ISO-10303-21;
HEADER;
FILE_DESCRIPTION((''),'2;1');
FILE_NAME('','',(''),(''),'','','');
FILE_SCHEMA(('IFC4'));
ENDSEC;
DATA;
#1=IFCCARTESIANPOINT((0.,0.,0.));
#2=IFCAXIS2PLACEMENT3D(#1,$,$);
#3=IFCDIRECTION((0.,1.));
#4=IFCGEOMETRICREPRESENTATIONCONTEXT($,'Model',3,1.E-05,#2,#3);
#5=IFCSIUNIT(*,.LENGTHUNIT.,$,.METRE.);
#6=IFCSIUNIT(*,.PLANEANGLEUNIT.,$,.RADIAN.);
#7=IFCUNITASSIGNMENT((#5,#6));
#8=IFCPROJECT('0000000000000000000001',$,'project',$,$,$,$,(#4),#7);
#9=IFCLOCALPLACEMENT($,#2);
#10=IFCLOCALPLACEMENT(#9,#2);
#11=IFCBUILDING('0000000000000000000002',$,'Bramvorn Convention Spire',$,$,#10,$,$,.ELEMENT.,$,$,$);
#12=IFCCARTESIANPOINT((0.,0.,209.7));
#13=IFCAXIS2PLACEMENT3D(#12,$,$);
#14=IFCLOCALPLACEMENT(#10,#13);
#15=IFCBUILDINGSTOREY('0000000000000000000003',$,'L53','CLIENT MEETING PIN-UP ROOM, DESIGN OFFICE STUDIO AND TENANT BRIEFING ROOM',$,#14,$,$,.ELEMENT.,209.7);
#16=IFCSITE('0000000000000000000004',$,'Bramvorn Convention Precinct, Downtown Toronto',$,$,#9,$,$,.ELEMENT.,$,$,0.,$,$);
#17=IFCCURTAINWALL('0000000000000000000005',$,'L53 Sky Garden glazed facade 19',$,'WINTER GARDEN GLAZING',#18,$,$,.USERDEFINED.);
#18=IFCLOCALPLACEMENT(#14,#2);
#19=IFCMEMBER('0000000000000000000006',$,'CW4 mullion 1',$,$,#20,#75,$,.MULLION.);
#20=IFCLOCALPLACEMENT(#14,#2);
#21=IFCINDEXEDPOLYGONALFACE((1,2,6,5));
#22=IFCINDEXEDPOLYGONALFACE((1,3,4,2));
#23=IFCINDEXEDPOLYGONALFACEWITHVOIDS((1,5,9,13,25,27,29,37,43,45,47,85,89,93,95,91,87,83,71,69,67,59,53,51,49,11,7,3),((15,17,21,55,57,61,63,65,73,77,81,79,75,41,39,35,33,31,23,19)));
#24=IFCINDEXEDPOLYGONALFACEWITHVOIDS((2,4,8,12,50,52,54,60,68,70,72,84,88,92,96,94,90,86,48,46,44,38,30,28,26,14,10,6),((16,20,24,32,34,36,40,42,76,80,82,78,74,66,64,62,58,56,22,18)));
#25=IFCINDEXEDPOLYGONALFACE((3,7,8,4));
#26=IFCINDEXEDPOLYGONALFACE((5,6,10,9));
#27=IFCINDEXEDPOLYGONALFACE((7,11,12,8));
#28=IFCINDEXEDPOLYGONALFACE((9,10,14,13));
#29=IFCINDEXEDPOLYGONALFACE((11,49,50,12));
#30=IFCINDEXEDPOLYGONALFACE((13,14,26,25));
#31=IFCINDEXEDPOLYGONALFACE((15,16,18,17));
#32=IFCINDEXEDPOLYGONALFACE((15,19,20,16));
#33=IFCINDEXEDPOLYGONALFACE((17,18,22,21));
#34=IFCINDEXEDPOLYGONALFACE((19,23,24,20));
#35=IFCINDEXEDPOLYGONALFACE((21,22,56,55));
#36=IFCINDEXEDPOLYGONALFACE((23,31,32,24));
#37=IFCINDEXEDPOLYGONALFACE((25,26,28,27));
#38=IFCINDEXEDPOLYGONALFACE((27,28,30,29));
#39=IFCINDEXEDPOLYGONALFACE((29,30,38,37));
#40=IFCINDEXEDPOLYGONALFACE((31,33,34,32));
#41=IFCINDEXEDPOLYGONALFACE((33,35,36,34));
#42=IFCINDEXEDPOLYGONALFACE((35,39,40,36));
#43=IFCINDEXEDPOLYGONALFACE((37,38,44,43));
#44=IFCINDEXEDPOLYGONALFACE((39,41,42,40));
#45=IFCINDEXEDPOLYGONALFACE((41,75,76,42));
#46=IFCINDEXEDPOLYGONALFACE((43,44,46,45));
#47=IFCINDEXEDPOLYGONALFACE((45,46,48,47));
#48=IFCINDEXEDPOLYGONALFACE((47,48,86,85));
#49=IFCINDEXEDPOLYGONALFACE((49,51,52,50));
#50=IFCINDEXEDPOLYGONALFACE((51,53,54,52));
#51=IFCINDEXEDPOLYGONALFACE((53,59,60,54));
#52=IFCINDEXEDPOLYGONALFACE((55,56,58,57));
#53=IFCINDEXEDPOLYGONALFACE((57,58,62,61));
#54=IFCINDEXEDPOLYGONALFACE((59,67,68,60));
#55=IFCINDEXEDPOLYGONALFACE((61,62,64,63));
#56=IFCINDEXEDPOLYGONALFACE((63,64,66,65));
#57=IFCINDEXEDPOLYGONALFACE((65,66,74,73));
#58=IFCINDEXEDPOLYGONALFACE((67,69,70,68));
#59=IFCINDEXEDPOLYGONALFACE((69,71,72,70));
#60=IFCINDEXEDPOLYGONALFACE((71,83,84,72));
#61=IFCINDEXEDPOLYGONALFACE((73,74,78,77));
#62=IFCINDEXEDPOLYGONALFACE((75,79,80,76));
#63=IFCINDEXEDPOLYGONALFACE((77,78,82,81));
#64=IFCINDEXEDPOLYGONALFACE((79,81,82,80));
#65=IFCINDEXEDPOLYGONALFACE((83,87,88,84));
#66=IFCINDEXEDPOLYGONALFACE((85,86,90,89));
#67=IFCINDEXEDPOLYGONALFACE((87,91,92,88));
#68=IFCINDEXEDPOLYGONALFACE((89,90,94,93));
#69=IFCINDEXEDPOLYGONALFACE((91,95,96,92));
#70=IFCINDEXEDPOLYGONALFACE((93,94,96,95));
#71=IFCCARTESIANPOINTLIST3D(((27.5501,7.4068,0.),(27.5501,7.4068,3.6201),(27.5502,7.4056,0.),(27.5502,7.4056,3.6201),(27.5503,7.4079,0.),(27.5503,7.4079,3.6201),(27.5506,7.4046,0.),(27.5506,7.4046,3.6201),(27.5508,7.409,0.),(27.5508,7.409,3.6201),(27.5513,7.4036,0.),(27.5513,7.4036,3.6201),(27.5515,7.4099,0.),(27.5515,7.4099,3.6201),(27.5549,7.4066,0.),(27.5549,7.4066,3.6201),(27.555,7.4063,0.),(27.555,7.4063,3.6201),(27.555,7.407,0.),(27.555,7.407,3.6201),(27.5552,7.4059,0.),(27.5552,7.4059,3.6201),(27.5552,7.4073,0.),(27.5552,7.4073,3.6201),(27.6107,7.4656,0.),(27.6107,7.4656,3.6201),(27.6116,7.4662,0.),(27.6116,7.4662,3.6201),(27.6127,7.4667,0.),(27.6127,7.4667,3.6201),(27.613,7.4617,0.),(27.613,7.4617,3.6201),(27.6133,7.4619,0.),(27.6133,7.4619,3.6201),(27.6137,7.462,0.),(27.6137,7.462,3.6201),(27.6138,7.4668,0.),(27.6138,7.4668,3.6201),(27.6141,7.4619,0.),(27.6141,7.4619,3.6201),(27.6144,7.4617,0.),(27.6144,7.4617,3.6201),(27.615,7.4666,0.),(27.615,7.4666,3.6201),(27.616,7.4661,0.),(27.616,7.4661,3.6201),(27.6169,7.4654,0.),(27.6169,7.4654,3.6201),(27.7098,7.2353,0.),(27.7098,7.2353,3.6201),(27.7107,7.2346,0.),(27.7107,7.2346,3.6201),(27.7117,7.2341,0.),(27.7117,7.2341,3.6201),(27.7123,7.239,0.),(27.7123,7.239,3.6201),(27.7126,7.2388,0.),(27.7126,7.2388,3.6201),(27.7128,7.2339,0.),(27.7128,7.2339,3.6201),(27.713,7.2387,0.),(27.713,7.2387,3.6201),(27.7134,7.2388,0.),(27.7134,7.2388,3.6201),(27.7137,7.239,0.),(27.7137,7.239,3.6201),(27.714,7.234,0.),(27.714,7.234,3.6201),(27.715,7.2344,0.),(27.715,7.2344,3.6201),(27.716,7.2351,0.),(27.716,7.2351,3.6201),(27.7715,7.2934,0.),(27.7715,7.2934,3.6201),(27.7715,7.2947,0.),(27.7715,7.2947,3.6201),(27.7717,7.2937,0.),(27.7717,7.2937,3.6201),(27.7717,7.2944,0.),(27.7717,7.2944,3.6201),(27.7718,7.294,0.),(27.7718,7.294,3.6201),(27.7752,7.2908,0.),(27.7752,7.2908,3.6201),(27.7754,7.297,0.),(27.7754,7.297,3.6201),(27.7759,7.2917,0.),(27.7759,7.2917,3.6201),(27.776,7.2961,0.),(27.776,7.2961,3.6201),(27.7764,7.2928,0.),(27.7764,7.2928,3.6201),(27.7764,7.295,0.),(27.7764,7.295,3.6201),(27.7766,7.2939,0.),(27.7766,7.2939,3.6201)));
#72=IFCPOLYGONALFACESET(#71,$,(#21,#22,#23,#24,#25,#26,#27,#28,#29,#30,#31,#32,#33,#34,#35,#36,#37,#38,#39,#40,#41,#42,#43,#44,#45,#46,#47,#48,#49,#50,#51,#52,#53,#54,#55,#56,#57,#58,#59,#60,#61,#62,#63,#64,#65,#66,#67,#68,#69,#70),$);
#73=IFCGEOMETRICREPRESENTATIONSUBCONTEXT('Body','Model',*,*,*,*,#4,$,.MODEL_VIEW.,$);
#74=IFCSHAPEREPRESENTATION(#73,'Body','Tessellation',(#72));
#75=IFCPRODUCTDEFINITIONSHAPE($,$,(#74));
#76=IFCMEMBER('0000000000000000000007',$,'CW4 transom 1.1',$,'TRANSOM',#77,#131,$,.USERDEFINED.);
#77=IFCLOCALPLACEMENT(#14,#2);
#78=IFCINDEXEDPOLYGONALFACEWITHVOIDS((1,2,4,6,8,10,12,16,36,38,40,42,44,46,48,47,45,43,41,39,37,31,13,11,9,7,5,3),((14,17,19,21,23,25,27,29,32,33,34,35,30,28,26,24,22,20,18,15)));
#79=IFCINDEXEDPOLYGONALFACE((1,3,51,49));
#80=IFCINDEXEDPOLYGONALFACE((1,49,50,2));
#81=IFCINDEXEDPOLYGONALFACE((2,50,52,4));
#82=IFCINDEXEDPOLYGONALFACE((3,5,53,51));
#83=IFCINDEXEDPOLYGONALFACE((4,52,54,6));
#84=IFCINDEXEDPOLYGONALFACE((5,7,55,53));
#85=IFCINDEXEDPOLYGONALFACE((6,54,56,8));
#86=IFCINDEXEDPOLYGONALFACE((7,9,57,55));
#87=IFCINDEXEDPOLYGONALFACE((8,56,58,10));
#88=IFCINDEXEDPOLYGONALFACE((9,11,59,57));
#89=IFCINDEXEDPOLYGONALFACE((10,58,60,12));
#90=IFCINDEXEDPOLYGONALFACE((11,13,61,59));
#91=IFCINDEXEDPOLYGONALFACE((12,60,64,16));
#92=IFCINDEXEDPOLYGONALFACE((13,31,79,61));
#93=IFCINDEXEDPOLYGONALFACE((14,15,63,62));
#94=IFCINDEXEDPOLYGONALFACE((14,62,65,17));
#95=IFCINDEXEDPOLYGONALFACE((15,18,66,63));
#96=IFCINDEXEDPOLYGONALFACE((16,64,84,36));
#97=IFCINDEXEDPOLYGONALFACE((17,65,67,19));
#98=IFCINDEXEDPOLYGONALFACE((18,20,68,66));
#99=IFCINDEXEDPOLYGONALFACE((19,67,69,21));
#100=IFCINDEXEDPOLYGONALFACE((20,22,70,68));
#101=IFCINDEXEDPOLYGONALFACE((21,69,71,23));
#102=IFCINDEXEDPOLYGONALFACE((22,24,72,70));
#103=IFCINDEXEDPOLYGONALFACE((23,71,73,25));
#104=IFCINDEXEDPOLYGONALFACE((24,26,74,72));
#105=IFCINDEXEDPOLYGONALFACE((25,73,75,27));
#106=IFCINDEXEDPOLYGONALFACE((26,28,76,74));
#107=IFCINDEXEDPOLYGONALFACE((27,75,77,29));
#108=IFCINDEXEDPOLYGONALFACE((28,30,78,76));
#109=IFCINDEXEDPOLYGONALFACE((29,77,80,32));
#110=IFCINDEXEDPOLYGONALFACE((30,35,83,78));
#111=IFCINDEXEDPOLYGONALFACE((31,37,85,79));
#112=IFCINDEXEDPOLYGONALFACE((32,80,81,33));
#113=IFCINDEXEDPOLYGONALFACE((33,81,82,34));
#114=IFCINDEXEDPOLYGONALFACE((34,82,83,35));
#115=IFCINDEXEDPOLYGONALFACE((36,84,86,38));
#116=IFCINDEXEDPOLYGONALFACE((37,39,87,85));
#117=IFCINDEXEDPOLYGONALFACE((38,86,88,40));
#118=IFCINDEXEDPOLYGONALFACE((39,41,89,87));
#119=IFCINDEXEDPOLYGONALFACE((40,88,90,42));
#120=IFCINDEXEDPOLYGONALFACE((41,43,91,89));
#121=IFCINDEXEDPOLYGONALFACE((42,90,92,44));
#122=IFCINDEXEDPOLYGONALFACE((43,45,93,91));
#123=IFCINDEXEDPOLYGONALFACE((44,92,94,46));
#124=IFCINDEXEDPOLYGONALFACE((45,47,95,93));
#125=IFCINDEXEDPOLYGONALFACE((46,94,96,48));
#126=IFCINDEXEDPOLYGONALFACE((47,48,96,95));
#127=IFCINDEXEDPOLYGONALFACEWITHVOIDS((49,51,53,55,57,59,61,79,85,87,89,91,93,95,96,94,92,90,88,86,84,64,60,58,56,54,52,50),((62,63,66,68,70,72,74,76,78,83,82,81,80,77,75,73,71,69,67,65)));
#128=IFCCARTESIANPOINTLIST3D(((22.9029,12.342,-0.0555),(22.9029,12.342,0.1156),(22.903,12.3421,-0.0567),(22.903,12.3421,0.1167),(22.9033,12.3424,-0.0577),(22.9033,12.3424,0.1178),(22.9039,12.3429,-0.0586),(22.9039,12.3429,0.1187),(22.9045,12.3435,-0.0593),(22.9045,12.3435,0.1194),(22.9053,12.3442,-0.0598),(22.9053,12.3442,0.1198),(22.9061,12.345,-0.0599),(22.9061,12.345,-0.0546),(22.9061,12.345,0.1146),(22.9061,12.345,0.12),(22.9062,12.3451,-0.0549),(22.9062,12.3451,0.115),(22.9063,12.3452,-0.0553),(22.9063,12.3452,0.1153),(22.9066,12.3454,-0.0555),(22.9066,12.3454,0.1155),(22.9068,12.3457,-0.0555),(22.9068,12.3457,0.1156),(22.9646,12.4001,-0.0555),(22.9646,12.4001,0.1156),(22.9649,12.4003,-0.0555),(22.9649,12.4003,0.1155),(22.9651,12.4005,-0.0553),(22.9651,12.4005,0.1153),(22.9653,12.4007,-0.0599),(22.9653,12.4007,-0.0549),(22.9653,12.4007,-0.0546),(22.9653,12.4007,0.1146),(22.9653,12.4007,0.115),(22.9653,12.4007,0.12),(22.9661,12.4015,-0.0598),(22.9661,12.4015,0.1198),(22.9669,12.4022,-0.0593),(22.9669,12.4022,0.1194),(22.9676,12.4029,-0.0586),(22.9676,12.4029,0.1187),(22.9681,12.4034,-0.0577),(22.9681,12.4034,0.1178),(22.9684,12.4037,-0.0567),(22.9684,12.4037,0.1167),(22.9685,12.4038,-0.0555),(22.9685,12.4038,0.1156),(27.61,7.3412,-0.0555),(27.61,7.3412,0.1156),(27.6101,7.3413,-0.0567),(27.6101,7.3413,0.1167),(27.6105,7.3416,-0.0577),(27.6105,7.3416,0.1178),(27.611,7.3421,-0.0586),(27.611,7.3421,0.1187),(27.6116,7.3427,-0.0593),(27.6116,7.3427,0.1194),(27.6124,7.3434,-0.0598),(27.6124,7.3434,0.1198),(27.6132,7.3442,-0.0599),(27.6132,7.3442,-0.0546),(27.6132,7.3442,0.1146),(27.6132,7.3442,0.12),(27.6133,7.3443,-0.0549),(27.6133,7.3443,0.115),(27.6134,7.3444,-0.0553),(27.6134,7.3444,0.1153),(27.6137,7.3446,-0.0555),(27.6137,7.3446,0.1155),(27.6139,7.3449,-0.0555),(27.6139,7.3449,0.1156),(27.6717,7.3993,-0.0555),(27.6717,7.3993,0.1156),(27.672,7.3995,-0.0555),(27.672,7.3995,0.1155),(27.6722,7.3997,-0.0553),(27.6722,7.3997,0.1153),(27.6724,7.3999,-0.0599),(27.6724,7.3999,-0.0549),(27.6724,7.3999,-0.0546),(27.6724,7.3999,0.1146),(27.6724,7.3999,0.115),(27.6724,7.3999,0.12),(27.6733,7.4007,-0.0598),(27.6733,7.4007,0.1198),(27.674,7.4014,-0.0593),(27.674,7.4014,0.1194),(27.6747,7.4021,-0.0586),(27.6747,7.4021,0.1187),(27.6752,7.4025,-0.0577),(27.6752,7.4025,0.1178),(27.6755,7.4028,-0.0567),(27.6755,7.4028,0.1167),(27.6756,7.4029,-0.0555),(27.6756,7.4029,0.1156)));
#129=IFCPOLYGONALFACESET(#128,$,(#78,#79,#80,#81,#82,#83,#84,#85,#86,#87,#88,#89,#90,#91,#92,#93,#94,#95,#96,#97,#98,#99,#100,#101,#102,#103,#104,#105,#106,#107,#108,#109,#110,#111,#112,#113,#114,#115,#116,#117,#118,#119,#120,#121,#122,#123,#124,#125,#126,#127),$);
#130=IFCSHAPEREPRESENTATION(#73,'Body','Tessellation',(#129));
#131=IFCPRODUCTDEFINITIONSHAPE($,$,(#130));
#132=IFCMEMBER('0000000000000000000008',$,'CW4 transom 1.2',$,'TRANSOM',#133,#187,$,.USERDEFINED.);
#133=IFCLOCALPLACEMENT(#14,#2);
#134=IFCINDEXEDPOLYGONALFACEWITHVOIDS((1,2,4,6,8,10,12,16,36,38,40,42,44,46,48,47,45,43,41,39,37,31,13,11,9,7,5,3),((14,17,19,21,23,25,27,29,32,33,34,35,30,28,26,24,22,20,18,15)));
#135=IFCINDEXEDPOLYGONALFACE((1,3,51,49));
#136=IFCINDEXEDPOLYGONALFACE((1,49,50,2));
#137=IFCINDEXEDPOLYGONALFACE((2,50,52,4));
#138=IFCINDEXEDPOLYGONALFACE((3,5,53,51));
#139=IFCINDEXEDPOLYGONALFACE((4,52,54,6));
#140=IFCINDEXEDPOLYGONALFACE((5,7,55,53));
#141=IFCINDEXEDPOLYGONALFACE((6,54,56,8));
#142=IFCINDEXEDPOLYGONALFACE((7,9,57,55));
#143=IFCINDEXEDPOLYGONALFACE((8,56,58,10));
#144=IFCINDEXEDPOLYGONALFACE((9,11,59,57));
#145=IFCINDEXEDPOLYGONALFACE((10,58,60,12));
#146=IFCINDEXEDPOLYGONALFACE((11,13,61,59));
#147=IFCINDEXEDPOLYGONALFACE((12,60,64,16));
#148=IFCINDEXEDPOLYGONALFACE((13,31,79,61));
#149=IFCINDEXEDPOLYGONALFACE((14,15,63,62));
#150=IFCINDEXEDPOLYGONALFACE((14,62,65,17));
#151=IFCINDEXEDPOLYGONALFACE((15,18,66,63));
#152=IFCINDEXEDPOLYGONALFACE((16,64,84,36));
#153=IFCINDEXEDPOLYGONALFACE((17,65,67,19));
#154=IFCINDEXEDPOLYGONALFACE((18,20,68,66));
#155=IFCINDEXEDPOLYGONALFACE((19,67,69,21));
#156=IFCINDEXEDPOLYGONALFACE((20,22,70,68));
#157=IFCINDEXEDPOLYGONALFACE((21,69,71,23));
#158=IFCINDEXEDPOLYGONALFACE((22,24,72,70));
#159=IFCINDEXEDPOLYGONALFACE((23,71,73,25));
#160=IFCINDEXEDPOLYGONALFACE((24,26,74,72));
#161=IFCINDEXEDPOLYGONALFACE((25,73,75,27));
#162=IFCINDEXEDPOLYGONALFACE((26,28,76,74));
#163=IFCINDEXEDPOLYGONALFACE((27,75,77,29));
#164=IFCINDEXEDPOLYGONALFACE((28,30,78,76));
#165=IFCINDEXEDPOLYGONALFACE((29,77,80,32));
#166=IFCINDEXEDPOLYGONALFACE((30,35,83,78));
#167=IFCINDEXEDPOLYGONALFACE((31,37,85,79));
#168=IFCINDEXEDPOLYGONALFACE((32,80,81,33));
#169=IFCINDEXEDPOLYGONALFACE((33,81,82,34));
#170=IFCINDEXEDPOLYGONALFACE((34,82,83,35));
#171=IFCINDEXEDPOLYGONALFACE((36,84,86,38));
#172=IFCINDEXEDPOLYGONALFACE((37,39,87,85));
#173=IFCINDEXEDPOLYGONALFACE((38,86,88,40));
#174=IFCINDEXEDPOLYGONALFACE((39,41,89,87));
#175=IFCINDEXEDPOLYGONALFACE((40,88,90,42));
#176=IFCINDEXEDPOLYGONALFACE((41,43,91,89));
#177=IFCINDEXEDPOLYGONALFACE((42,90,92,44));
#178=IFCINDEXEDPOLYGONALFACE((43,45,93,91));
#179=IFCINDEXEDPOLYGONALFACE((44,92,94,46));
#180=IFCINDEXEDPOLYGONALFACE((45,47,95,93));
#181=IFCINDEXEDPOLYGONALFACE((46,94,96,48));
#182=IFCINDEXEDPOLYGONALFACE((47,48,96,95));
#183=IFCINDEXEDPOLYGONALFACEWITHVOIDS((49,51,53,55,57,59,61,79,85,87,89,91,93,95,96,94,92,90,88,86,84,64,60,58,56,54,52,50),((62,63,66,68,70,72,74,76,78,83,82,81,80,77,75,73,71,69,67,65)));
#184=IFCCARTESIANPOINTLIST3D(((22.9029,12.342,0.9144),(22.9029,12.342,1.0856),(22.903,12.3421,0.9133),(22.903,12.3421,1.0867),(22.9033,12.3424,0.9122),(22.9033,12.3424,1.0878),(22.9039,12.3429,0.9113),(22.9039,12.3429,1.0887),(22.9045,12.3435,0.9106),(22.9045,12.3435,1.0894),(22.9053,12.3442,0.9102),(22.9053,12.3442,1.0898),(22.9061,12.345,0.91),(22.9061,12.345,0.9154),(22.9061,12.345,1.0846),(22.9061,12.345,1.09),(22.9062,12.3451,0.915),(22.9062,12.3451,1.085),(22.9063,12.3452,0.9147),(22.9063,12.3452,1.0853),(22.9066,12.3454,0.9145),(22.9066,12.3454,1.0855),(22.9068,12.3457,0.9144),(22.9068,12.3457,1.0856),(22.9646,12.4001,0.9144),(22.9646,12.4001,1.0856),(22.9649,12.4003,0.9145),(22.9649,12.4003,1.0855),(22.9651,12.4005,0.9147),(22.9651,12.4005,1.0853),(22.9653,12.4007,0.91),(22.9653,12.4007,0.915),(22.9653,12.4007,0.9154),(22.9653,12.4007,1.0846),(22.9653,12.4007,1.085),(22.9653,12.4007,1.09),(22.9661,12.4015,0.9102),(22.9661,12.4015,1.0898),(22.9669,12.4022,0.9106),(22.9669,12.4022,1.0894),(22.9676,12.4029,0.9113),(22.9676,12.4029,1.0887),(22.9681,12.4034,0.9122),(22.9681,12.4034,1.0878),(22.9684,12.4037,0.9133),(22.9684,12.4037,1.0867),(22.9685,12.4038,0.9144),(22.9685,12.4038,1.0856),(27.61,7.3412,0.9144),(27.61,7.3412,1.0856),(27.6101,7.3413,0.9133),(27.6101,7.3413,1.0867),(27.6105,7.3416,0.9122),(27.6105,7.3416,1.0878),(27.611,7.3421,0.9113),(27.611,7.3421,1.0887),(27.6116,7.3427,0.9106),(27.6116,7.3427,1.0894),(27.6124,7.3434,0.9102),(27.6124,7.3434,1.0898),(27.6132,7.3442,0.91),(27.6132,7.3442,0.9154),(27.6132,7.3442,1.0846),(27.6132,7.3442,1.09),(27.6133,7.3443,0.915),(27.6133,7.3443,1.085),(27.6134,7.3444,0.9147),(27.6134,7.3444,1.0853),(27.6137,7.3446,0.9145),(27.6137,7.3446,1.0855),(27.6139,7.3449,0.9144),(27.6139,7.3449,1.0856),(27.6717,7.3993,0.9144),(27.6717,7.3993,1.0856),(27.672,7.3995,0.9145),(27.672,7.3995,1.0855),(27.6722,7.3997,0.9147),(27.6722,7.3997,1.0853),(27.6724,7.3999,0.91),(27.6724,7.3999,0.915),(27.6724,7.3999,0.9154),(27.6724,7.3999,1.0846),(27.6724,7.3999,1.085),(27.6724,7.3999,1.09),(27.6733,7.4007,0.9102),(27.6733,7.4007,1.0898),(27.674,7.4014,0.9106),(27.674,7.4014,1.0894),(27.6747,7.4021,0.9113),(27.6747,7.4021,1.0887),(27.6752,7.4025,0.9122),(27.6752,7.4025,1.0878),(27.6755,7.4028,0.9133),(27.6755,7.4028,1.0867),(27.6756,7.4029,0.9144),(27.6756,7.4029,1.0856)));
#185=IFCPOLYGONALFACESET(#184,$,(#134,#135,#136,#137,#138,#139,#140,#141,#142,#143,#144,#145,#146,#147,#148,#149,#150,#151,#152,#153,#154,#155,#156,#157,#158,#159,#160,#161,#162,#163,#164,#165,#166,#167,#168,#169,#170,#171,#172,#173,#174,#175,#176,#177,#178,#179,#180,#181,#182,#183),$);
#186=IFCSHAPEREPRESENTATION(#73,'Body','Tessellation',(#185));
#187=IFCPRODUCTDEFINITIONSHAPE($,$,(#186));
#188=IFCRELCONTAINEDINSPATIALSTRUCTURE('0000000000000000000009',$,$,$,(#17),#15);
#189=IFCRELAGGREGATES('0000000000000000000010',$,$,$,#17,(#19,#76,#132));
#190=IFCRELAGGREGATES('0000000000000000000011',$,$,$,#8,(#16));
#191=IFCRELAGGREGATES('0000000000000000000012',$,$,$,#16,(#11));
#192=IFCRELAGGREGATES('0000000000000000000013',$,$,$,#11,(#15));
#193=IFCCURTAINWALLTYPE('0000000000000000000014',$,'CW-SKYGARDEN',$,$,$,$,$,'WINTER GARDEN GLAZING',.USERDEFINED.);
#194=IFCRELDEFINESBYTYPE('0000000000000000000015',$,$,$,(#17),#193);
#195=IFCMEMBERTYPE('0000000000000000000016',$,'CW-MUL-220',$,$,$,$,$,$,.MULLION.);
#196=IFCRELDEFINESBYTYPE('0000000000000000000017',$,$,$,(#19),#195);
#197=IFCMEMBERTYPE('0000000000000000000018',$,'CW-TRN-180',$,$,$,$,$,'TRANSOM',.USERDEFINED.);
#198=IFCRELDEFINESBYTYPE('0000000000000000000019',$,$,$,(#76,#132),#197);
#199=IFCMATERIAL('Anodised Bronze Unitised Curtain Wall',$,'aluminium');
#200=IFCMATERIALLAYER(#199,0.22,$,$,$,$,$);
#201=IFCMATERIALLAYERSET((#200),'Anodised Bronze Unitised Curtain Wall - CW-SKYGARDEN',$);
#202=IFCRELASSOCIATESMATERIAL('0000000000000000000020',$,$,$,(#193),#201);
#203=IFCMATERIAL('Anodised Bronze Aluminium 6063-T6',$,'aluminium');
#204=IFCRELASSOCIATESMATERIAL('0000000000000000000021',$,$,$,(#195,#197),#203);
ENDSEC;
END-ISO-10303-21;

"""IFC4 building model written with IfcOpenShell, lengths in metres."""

from ifc_helpers import new_model, si_unit, direction, frame, origin, origin_2d, place, context, subcontext, project, spatial, hollow_rectangle, extrude, material, layer, layer_set, material_profile, profile_set, type_object, element, aggregate, save


model = new_model("IFC4")

# Units and contexts
model_context = context("Model", 3, precision=1e-05, world=origin(), true_north=direction((0.0, 1.0)))
body_context = subcontext(model_context, "Body", "Model", "MODEL_VIEW")
ifc_project = project(units=[si_unit("LENGTHUNIT", "METRE"), si_unit("PLANEANGLEUNIT", "RADIAN")], contexts=[model_context])

# Site, building, storey
site_placement = place(None, origin())
site = spatial("IfcSite", under=ifc_project, at=site_placement, Name="Bramvorn Convention Precinct, Downtown Toronto", CompositionType="ELEMENT", RefElevation=0.0)
building_placement = place(site_placement, origin())
building = spatial("IfcBuilding", under=site, at=building_placement, Name="Bramvorn Convention Spire", CompositionType="ELEMENT")
storey_placement = place(building_placement, frame((0.0, 0.0, 209.7)))
storey = spatial("IfcBuildingStorey", under=building, at=storey_placement, Name="L53", Description="CLIENT MEETING PIN-UP ROOM, DESIGN OFFICE STUDIO AND TENANT BRIEFING ROOM", CompositionType="ELEMENT", Elevation=209.7)

# Curtain wall, members
ifc_material_1 = material(Name="Anodised Bronze Unitised Curtain Wall", Category="aluminium")
ifc_layer_1 = layer(ifc_material_1, 0.22)
ifc_layer_set_1 = layer_set([ifc_layer_1], Name="Anodised Bronze Unitised Curtain Wall - CW-SKYGARDEN")
curtain_wall_type = type_object("IfcCurtainWallType", Name="CW-SKYGARDEN", ElementType="WINTER GARDEN GLAZING", PredefinedType="USERDEFINED", material=ifc_layer_set_1)
curtain_wall_placement = place(storey_placement, origin())
curtain_wall = element("IfcCurtainWall", 1, at=curtain_wall_placement, inside=storey, type_object=curtain_wall_type, Name="L53 Sky Garden glazed facade 19", ObjectType="WINTER GARDEN GLAZING", PredefinedType="USERDEFINED")
ifc_material_2 = material(Name="Anodised Bronze Aluminium 6063-T6", Category="aluminium")
ifc_material_profile_1 = material_profile(ifc_material_2, hollow_rectangle(XDim=0.0901, YDim=0.24, WallThickness=0.0044, InnerFilletRadius=0.001, OuterFilletRadius=0.0044, at=origin_2d()))
ifc_profile_set_1 = profile_set([ifc_material_profile_1], Name="Anodised Bronze Aluminium 6063-T6 - CWM90X240")
member_type_1 = type_object("IfcMemberType", Name="CW-MUL-220", PredefinedType="MULLION", material=ifc_profile_set_1)
member_1_placement = place(storey_placement, frame((27.6633, 7.3503, 0.0), z_axis=(0.0, 0.0, 1.0), x_axis=(-0.728158, -0.68541, 0.0)))
member_1 = element("IfcMember", 2, at=member_1_placement, type_object=member_type_1, Name="CW4 mullion 1", PredefinedType="MULLION", context=body_context, shape_type="SweptSolid", body=[
    extrude(hollow_rectangle(XDim=0.0901, YDim=0.24, WallThickness=0.0044, InnerFilletRadius=0.001, OuterFilletRadius=0.0044, at=origin_2d()), origin(), (0.0, 0.0, 1.0), 3.6201),
])
ifc_material_profile_2 = material_profile(ifc_material_2, hollow_rectangle(XDim=0.0901, YDim=0.1799, WallThickness=0.0044, InnerFilletRadius=0.001, OuterFilletRadius=0.0044, at=origin_2d()))
ifc_profile_set_2 = profile_set([ifc_material_profile_2], Name="Anodised Bronze Aluminium 6063-T6 - CWT90X180")
member_type_2 = type_object("IfcMemberType", Name="CW-TRN-180", ElementType="TRANSOM", PredefinedType="USERDEFINED", material=ifc_profile_set_2)
member_2_placement = place(storey_placement, frame((27.6428, 7.3721, 0.03), z_axis=(-0.6854, 0.728167, 0.0), x_axis=(-0.728167, -0.6854, 0.0)))
member_2 = element("IfcMember", 3, at=member_2_placement, type_object=member_type_2, Name="CW4 transom 1.1", ObjectType="TRANSOM", PredefinedType="USERDEFINED", context=body_context, shape_type="SweptSolid", body=[
    extrude(hollow_rectangle(XDim=0.0901, YDim=0.1799, WallThickness=0.0044, InnerFilletRadius=0.001, OuterFilletRadius=0.0044, at=origin_2d()), origin(), (0.0, 0.0, 1.0), 6.8677),
])
member_3_placement = place(storey_placement, frame((27.6428, 7.3721, 1.0), z_axis=(-0.6854, 0.728167, 0.0), x_axis=(-0.728167, -0.6854, 0.0)))
member_3 = element("IfcMember", 4, at=member_3_placement, type_object=member_type_2, Name="CW4 transom 1.2", ObjectType="TRANSOM", PredefinedType="USERDEFINED", context=body_context, shape_type="SweptSolid", body=[
    extrude(hollow_rectangle(XDim=0.0901, YDim=0.1799, WallThickness=0.0044, InnerFilletRadius=0.001, OuterFilletRadius=0.0044, at=origin_2d()), origin(), (0.0, 0.0, 1.0), 6.8677),
])
aggregate(curtain_wall, [member_1, member_2, member_3])

save(model, "model.ifc")
